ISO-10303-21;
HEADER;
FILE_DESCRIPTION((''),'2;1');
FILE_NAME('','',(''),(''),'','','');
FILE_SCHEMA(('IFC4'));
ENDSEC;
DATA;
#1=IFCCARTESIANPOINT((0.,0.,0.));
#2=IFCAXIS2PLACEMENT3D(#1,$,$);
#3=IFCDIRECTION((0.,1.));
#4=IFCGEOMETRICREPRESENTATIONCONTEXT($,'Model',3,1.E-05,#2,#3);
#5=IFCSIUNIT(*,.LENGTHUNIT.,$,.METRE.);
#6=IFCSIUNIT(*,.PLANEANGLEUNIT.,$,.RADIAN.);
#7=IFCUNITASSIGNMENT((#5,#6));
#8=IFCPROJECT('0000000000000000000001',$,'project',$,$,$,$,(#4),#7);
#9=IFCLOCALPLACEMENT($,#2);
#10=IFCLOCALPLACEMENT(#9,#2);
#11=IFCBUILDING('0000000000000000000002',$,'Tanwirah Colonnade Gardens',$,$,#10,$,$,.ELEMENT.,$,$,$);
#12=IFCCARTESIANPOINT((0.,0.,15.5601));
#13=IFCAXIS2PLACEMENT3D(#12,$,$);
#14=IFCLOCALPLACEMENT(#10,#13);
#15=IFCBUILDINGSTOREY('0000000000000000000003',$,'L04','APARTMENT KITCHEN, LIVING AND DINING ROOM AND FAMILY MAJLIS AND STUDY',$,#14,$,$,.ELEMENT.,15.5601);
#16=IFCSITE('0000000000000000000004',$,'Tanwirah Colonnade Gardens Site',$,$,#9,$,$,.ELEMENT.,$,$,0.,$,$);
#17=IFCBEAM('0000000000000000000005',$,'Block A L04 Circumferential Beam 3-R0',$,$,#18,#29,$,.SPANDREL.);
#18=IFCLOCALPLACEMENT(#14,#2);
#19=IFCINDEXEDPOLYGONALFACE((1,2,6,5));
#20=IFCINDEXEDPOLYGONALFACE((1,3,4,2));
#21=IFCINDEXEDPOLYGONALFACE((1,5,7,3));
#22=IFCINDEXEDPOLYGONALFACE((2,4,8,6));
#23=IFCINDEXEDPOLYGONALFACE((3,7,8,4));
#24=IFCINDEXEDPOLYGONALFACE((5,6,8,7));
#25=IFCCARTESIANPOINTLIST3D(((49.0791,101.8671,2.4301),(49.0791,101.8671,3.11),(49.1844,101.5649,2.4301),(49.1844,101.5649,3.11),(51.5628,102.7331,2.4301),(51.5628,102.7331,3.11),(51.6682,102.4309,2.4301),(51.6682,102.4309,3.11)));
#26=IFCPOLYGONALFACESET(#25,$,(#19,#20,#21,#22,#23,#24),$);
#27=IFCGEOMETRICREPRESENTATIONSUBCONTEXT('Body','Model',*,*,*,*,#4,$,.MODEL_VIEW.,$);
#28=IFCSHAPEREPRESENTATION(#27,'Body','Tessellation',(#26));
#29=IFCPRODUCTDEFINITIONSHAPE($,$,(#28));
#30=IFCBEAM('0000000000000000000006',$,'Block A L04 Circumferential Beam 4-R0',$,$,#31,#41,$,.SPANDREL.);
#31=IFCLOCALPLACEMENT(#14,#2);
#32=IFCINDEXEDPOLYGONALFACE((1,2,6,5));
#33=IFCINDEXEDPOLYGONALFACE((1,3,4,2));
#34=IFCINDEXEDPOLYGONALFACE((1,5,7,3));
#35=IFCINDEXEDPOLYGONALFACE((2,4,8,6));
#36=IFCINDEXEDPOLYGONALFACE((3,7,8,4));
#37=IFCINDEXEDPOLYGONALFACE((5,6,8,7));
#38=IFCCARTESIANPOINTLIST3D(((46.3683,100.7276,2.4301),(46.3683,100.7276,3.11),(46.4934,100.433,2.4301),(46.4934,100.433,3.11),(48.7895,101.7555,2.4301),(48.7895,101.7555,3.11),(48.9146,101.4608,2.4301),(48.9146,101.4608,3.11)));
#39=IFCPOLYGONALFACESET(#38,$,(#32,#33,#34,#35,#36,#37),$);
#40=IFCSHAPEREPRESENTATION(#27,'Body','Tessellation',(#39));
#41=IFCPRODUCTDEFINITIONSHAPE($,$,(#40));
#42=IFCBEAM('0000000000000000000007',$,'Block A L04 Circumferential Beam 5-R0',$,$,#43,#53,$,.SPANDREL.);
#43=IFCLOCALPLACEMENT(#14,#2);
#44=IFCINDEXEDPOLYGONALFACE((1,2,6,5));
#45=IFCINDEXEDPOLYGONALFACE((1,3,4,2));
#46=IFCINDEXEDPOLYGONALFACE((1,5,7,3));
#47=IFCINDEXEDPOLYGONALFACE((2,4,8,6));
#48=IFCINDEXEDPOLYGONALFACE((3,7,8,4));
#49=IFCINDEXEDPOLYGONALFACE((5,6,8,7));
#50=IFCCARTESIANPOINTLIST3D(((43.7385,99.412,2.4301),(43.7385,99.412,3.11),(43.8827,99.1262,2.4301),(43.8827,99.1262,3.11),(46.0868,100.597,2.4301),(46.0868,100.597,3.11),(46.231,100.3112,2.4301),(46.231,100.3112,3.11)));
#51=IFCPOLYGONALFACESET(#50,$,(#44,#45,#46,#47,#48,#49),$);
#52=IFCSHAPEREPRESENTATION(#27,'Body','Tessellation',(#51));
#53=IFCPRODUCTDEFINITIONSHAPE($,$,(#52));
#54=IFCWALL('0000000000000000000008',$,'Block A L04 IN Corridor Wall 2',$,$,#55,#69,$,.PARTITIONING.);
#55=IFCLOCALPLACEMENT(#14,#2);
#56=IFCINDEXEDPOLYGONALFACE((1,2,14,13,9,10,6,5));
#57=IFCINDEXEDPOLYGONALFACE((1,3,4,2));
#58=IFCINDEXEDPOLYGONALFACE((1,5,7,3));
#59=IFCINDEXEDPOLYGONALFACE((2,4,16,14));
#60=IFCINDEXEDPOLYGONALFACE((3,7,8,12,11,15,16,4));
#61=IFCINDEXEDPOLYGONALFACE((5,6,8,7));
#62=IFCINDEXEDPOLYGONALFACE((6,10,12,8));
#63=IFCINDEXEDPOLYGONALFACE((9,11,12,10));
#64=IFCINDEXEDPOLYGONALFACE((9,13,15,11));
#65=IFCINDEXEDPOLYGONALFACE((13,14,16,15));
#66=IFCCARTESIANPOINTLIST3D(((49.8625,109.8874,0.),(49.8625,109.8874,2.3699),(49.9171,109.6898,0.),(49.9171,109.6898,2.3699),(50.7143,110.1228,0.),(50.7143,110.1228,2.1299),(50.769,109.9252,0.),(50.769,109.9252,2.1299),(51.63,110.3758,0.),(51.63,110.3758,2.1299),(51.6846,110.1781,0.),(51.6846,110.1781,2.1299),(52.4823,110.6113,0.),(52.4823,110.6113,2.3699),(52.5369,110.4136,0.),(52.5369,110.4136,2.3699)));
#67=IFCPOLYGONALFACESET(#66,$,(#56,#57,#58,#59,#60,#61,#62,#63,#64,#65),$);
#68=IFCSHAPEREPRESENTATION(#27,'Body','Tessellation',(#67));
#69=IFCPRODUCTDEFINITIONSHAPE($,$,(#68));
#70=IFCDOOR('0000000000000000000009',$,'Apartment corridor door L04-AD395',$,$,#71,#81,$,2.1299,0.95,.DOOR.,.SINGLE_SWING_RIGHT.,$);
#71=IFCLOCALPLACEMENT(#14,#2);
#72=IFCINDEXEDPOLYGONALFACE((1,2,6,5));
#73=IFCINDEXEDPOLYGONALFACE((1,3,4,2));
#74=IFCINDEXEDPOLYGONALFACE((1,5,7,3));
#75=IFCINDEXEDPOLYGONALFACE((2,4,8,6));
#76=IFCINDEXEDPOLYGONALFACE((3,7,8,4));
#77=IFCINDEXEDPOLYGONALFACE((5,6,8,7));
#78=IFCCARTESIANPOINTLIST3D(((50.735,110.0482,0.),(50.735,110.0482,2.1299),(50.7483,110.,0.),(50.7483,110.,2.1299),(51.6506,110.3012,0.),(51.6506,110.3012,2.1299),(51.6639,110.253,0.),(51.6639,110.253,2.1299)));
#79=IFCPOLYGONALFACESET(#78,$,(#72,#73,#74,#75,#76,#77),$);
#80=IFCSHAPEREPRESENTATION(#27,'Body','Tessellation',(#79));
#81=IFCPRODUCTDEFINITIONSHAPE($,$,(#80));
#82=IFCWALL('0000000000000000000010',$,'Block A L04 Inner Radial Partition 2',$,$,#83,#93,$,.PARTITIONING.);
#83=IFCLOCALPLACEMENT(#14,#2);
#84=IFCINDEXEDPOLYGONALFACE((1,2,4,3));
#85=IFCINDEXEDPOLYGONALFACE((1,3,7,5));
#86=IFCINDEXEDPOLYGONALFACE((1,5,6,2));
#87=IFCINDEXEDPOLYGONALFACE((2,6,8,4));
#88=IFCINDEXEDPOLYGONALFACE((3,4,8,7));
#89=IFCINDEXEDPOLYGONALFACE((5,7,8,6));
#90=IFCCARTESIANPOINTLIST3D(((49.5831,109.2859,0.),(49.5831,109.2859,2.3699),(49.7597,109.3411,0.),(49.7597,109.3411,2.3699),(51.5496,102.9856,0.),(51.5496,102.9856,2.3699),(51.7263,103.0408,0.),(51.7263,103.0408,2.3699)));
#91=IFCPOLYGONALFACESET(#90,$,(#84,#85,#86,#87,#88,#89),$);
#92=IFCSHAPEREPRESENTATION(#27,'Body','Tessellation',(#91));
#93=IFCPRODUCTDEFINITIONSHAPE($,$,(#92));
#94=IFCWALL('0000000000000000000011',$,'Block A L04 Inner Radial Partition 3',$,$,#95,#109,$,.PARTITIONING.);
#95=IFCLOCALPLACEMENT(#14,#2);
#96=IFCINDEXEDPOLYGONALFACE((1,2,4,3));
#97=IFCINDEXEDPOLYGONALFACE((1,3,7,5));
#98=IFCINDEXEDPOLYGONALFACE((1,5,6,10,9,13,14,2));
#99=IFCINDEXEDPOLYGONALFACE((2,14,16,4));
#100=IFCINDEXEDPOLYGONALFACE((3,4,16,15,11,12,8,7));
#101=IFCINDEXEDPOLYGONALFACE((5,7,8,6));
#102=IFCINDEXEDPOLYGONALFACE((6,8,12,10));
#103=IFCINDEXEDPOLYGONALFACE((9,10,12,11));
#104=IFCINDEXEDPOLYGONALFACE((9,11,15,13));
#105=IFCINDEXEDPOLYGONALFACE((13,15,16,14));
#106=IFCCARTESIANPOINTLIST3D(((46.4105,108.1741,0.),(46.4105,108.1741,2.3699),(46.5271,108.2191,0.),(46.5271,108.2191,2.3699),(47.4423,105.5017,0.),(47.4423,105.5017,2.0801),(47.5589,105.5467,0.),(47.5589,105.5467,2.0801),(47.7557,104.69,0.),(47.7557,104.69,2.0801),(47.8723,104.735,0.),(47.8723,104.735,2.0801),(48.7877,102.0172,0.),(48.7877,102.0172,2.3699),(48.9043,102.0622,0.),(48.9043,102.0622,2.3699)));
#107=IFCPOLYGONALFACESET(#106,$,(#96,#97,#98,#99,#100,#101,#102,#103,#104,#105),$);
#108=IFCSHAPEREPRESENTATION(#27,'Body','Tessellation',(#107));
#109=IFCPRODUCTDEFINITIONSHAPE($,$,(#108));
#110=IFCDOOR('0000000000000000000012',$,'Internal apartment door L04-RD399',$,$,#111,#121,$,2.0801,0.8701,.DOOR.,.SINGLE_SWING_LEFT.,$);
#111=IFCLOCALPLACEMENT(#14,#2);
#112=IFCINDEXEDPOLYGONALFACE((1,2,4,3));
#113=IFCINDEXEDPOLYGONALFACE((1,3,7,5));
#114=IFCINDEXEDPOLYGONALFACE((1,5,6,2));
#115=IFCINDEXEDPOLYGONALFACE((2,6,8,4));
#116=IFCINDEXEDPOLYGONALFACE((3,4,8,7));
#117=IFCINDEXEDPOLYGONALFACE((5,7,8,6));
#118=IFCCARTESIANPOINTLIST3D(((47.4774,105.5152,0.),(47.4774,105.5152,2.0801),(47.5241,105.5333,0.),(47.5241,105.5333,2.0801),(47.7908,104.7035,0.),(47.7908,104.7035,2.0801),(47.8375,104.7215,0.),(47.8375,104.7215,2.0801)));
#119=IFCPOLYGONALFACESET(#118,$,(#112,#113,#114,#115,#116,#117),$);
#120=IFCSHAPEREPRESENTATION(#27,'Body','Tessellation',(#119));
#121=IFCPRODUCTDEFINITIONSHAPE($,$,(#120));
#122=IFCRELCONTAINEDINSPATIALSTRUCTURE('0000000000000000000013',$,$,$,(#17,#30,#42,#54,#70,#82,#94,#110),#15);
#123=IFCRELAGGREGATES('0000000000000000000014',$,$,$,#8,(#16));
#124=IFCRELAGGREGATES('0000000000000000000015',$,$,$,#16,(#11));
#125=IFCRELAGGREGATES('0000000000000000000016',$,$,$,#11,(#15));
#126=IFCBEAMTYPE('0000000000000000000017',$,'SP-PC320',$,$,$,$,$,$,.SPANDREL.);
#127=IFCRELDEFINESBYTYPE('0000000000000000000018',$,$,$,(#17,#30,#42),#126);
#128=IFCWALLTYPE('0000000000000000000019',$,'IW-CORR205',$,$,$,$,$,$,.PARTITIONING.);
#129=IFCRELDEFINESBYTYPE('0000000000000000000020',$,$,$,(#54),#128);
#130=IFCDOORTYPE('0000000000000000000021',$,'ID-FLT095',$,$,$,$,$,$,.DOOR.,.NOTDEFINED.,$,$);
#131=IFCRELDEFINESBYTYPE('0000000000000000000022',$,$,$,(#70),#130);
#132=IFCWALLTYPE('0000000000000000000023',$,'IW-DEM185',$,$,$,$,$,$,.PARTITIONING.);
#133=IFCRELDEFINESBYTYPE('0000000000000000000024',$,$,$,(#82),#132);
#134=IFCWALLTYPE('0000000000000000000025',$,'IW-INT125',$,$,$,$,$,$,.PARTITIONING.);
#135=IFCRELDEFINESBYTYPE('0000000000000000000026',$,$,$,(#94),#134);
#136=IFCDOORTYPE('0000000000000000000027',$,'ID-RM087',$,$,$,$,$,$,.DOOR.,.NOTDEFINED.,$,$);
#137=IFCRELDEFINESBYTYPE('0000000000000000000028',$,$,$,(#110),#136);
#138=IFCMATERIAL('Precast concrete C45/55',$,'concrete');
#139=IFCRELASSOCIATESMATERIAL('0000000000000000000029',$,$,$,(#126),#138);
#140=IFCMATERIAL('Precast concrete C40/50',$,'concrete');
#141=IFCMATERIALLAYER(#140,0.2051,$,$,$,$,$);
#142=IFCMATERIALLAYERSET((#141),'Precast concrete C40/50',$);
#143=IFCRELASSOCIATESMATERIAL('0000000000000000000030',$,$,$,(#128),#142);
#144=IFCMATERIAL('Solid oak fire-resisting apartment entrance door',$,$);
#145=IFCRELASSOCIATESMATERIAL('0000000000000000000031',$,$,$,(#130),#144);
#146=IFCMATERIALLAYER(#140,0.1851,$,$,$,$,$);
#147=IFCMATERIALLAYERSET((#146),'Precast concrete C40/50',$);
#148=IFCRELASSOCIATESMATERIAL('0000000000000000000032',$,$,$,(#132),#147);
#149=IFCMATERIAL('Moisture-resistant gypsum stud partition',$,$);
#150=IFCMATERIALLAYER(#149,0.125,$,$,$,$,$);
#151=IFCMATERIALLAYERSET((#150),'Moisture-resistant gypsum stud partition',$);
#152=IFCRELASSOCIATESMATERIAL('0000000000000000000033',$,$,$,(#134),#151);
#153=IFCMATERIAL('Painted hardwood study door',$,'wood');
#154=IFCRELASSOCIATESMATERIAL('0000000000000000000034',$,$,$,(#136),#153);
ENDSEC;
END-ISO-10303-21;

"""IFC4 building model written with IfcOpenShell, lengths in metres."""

from ifc_helpers import new_model, si_unit, direction, frame, frame_2d, origin, origin_2d, place, context, subcontext, project, spatial, rectangle, extrude, material, layer, layer_set, material_profile, profile_set, type_object, element, fill, save


model = new_model("IFC4")

# Units and contexts
model_context = context("Model", 3, precision=1e-05, world=origin(), true_north=direction((0.0, 1.0)))
body_context = subcontext(model_context, "Body", "Model", "MODEL_VIEW")
ifc_project = project(units=[si_unit("LENGTHUNIT", "METRE"), si_unit("PLANEANGLEUNIT", "RADIAN")], contexts=[model_context])

# Site, building, storey
site_placement = place(None, origin())
site = spatial("IfcSite", under=ifc_project, at=site_placement, Name="Tanwirah Colonnade Gardens Site", CompositionType="ELEMENT", RefElevation=0.0)
building_placement = place(site_placement, origin())
building = spatial("IfcBuilding", under=site, at=building_placement, Name="Tanwirah Colonnade Gardens", CompositionType="ELEMENT")
storey_placement = place(building_placement, frame((0.0, 0.0, 15.5601)))
storey = spatial("IfcBuildingStorey", under=building, at=storey_placement, Name="L04", Description="APARTMENT KITCHEN, LIVING AND DINING ROOM AND FAMILY MAJLIS AND STUDY", CompositionType="ELEMENT", Elevation=15.5601)

# Shared definitions
ifc_material_1 = material(Name="Precast concrete C45/55", Category="concrete")
ifc_material_2 = material(Name="Precast concrete C40/50", Category="concrete")

# Beams
ifc_material_profile_1 = material_profile(ifc_material_1, rectangle(XDim=0.3201, YDim=0.6799, at=origin_2d()), Name="PC-SP 320x680")
ifc_profile_set_1 = profile_set([ifc_material_profile_1], Name="Precast concrete C45/55")
beam_type_1 = type_object("IfcBeamType", Name="SP-PC320", PredefinedType="SPANDREL", material=ifc_profile_set_1)
for number, where, z_axis, x_axis, name in (
    (1, (51.6155, 102.582, 2.77), (-0.94425, -0.32923, 0.0), (0.32923, -0.94425, 0.0), "Block A L04 Circumferential Beam 3-R0"),
    (2, (48.8521, 101.6082, 2.77), (-0.920489, -0.390769, 0.0), (0.390769, -0.920489, 0.0), "Block A L04 Circumferential Beam 4-R0"),
    (3, (46.1589, 100.4541, 2.77), (-0.892769, -0.450515, 0.0), (0.450515, -0.892769, 0.0), "Block A L04 Circumferential Beam 5-R0"),
):
    element("IfcBeam", number, at=place(storey_placement, frame(where, z_axis=z_axis, x_axis=x_axis)), inside=storey, type_object=beam_type_1, Name=name, PredefinedType="SPANDREL", context=body_context, shape_type="SweptSolid", body=[
        extrude(rectangle(XDim=0.3201, YDim=0.6799, at=origin_2d()), origin(), (0.0, 0.0, 1.0), 2.6304),
    ])

# Wall, opening, door
ifc_layer_1 = layer(ifc_material_2, 0.2051)
ifc_layer_set_1 = layer_set([ifc_layer_1], Name="Precast concrete C40/50")
wall_type_1 = type_object("IfcWallType", Name="IW-CORR205", PredefinedType="PARTITIONING", material=ifc_layer_set_1)
wall_1_placement = place(storey_placement, frame((52.5095, 110.5125, 0.0), z_axis=(0.0, 0.0, 1.0), x_axis=(-0.963884, -0.266323, 0.0)))
wall_1 = element("IfcWall", 4, at=wall_1_placement, inside=storey, type_object=wall_type_1, Name="Block A L04 IN Corridor Wall 2", PredefinedType="PARTITIONING", context=body_context, shape_type="SweptSolid", body=[
    extrude(rectangle(XDim=2.718, YDim=0.2051, at=frame_2d((1.3589, 0.0))), origin(), (0.0, 0.0, 1.0), 2.3699),
])
opening_1_placement = place(wall_1_placement, frame((0.884, 0.0, 0.0)))
opening_1 = element("IfcOpeningElement", 5, at=opening_1_placement, cuts=wall_1, PredefinedType="OPENING", context=body_context, shape_type="SweptSolid", body=[
    extrude(rectangle(XDim=0.95, YDim=2.1299, at=frame_2d((0.4751, 1.0649))), frame((0.0, 0.1125, 0.0), z_axis=(0.0, -1.0, 0.0), x_axis=(1.0, 0.0, 0.0)), (0.0, 0.0, 1.0), 0.2251),
])
ifc_material_3 = material(Name="Solid oak fire-resisting apartment entrance door")
door_type_1 = type_object("IfcDoorType", Name="ID-FLT095", OperationType="NOTDEFINED", PredefinedType="DOOR", material=ifc_material_3)
door_1_placement = place(opening_1_placement, origin())
door_1 = element("IfcDoor", 6, at=door_1_placement, inside=storey, type_object=door_type_1, Name="Apartment corridor door L04-AD395", OperationType="SINGLE_SWING_RIGHT", OverallHeight=2.1299, OverallWidth=0.95, PredefinedType="DOOR", context=body_context, shape_type="SweptSolid", body=[
    extrude(rectangle(XDim=0.95, YDim=2.1299, at=frame_2d((0.4751, 1.0649))), frame((0.0, 0.0249, 0.0), z_axis=(0.0, -1.0, 0.0), x_axis=(1.0, 0.0, 0.0)), (0.0, 0.0, 1.0), 0.05),
])
fill(opening_1, door_1)

# Wall
ifc_layer_2 = layer(ifc_material_2, 0.1851)
ifc_layer_set_2 = layer_set([ifc_layer_2], Name="Precast concrete C40/50")
wall_type_2 = type_object("IfcWallType", Name="IW-DEM185", PredefinedType="PARTITIONING", material=ifc_layer_set_2)
wall_2_placement = place(storey_placement, frame((51.6379, 103.0132, 0.0), z_axis=(0.0, 0.0, 1.0), x_axis=(-0.297959, 0.954579, 0.0)))
element("IfcWall", 7, at=wall_2_placement, inside=storey, type_object=wall_type_2, Name="Block A L04 Inner Radial Partition 2", PredefinedType="PARTITIONING", context=body_context, shape_type="SweptSolid", body=[
    extrude(rectangle(XDim=6.6001, YDim=0.1851, at=frame_2d((3.3, 0.0))), origin(), (0.0, 0.0, 1.0), 2.3699),
])

# Wall, opening, door
ifc_material_4 = material(Name="Moisture-resistant gypsum stud partition")
ifc_layer_3 = layer(ifc_material_4, 0.125)
ifc_layer_set_3 = layer_set([ifc_layer_3], Name="Moisture-resistant gypsum stud partition")
wall_type_3 = type_object("IfcWallType", Name="IW-INT125", PredefinedType="PARTITIONING", material=ifc_layer_set_3)
wall_3_placement = place(storey_placement, frame((48.8459, 102.0398, 0.0), z_axis=(0.0, 0.0, 1.0), x_axis=(-0.360183, 0.932881, 0.0)))
wall_3 = element("IfcWall", 8, at=wall_3_placement, inside=storey, type_object=wall_type_3, Name="Block A L04 Inner Radial Partition 3", PredefinedType="PARTITIONING", context=body_context, shape_type="SweptSolid", body=[
    extrude(rectangle(XDim=6.5999, YDim=0.125, at=frame_2d((3.2998, 0.0))), origin(), (0.0, 0.0, 1.0), 2.3699),
])
opening_2_placement = place(wall_3_placement, frame((2.865, 0.0, 0.0)))
opening_2 = element("IfcOpeningElement", 9, at=opening_2_placement, cuts=wall_3, PredefinedType="OPENING", context=body_context, shape_type="SweptSolid", body=[
    extrude(rectangle(XDim=0.8701, YDim=2.0801, at=frame_2d((0.4351, 1.04))), frame((0.0, 0.0725, 0.0), z_axis=(0.0, -1.0, 0.0), x_axis=(1.0, 0.0, 0.0)), (0.0, 0.0, 1.0), 0.145),
])
ifc_material_5 = material(Name="Painted hardwood study door", Category="wood")
door_type_2 = type_object("IfcDoorType", Name="ID-RM087", OperationType="NOTDEFINED", PredefinedType="DOOR", material=ifc_material_5)
door_2_placement = place(opening_2_placement, origin())
door_2 = element("IfcDoor", 10, at=door_2_placement, inside=storey, type_object=door_type_2, Name="Internal apartment door L04-RD399", OperationType="SINGLE_SWING_LEFT", OverallHeight=2.0801, OverallWidth=0.8701, PredefinedType="DOOR", context=body_context, shape_type="SweptSolid", body=[
    extrude(rectangle(XDim=0.8701, YDim=2.0801, at=frame_2d((0.4351, 1.04))), frame((0.0, 0.0249, 0.0), z_axis=(0.0, -1.0, 0.0), x_axis=(1.0, 0.0, 0.0)), (0.0, 0.0, 1.0), 0.05),
])
fill(opening_2, door_2)

save(model, "model.ifc")
